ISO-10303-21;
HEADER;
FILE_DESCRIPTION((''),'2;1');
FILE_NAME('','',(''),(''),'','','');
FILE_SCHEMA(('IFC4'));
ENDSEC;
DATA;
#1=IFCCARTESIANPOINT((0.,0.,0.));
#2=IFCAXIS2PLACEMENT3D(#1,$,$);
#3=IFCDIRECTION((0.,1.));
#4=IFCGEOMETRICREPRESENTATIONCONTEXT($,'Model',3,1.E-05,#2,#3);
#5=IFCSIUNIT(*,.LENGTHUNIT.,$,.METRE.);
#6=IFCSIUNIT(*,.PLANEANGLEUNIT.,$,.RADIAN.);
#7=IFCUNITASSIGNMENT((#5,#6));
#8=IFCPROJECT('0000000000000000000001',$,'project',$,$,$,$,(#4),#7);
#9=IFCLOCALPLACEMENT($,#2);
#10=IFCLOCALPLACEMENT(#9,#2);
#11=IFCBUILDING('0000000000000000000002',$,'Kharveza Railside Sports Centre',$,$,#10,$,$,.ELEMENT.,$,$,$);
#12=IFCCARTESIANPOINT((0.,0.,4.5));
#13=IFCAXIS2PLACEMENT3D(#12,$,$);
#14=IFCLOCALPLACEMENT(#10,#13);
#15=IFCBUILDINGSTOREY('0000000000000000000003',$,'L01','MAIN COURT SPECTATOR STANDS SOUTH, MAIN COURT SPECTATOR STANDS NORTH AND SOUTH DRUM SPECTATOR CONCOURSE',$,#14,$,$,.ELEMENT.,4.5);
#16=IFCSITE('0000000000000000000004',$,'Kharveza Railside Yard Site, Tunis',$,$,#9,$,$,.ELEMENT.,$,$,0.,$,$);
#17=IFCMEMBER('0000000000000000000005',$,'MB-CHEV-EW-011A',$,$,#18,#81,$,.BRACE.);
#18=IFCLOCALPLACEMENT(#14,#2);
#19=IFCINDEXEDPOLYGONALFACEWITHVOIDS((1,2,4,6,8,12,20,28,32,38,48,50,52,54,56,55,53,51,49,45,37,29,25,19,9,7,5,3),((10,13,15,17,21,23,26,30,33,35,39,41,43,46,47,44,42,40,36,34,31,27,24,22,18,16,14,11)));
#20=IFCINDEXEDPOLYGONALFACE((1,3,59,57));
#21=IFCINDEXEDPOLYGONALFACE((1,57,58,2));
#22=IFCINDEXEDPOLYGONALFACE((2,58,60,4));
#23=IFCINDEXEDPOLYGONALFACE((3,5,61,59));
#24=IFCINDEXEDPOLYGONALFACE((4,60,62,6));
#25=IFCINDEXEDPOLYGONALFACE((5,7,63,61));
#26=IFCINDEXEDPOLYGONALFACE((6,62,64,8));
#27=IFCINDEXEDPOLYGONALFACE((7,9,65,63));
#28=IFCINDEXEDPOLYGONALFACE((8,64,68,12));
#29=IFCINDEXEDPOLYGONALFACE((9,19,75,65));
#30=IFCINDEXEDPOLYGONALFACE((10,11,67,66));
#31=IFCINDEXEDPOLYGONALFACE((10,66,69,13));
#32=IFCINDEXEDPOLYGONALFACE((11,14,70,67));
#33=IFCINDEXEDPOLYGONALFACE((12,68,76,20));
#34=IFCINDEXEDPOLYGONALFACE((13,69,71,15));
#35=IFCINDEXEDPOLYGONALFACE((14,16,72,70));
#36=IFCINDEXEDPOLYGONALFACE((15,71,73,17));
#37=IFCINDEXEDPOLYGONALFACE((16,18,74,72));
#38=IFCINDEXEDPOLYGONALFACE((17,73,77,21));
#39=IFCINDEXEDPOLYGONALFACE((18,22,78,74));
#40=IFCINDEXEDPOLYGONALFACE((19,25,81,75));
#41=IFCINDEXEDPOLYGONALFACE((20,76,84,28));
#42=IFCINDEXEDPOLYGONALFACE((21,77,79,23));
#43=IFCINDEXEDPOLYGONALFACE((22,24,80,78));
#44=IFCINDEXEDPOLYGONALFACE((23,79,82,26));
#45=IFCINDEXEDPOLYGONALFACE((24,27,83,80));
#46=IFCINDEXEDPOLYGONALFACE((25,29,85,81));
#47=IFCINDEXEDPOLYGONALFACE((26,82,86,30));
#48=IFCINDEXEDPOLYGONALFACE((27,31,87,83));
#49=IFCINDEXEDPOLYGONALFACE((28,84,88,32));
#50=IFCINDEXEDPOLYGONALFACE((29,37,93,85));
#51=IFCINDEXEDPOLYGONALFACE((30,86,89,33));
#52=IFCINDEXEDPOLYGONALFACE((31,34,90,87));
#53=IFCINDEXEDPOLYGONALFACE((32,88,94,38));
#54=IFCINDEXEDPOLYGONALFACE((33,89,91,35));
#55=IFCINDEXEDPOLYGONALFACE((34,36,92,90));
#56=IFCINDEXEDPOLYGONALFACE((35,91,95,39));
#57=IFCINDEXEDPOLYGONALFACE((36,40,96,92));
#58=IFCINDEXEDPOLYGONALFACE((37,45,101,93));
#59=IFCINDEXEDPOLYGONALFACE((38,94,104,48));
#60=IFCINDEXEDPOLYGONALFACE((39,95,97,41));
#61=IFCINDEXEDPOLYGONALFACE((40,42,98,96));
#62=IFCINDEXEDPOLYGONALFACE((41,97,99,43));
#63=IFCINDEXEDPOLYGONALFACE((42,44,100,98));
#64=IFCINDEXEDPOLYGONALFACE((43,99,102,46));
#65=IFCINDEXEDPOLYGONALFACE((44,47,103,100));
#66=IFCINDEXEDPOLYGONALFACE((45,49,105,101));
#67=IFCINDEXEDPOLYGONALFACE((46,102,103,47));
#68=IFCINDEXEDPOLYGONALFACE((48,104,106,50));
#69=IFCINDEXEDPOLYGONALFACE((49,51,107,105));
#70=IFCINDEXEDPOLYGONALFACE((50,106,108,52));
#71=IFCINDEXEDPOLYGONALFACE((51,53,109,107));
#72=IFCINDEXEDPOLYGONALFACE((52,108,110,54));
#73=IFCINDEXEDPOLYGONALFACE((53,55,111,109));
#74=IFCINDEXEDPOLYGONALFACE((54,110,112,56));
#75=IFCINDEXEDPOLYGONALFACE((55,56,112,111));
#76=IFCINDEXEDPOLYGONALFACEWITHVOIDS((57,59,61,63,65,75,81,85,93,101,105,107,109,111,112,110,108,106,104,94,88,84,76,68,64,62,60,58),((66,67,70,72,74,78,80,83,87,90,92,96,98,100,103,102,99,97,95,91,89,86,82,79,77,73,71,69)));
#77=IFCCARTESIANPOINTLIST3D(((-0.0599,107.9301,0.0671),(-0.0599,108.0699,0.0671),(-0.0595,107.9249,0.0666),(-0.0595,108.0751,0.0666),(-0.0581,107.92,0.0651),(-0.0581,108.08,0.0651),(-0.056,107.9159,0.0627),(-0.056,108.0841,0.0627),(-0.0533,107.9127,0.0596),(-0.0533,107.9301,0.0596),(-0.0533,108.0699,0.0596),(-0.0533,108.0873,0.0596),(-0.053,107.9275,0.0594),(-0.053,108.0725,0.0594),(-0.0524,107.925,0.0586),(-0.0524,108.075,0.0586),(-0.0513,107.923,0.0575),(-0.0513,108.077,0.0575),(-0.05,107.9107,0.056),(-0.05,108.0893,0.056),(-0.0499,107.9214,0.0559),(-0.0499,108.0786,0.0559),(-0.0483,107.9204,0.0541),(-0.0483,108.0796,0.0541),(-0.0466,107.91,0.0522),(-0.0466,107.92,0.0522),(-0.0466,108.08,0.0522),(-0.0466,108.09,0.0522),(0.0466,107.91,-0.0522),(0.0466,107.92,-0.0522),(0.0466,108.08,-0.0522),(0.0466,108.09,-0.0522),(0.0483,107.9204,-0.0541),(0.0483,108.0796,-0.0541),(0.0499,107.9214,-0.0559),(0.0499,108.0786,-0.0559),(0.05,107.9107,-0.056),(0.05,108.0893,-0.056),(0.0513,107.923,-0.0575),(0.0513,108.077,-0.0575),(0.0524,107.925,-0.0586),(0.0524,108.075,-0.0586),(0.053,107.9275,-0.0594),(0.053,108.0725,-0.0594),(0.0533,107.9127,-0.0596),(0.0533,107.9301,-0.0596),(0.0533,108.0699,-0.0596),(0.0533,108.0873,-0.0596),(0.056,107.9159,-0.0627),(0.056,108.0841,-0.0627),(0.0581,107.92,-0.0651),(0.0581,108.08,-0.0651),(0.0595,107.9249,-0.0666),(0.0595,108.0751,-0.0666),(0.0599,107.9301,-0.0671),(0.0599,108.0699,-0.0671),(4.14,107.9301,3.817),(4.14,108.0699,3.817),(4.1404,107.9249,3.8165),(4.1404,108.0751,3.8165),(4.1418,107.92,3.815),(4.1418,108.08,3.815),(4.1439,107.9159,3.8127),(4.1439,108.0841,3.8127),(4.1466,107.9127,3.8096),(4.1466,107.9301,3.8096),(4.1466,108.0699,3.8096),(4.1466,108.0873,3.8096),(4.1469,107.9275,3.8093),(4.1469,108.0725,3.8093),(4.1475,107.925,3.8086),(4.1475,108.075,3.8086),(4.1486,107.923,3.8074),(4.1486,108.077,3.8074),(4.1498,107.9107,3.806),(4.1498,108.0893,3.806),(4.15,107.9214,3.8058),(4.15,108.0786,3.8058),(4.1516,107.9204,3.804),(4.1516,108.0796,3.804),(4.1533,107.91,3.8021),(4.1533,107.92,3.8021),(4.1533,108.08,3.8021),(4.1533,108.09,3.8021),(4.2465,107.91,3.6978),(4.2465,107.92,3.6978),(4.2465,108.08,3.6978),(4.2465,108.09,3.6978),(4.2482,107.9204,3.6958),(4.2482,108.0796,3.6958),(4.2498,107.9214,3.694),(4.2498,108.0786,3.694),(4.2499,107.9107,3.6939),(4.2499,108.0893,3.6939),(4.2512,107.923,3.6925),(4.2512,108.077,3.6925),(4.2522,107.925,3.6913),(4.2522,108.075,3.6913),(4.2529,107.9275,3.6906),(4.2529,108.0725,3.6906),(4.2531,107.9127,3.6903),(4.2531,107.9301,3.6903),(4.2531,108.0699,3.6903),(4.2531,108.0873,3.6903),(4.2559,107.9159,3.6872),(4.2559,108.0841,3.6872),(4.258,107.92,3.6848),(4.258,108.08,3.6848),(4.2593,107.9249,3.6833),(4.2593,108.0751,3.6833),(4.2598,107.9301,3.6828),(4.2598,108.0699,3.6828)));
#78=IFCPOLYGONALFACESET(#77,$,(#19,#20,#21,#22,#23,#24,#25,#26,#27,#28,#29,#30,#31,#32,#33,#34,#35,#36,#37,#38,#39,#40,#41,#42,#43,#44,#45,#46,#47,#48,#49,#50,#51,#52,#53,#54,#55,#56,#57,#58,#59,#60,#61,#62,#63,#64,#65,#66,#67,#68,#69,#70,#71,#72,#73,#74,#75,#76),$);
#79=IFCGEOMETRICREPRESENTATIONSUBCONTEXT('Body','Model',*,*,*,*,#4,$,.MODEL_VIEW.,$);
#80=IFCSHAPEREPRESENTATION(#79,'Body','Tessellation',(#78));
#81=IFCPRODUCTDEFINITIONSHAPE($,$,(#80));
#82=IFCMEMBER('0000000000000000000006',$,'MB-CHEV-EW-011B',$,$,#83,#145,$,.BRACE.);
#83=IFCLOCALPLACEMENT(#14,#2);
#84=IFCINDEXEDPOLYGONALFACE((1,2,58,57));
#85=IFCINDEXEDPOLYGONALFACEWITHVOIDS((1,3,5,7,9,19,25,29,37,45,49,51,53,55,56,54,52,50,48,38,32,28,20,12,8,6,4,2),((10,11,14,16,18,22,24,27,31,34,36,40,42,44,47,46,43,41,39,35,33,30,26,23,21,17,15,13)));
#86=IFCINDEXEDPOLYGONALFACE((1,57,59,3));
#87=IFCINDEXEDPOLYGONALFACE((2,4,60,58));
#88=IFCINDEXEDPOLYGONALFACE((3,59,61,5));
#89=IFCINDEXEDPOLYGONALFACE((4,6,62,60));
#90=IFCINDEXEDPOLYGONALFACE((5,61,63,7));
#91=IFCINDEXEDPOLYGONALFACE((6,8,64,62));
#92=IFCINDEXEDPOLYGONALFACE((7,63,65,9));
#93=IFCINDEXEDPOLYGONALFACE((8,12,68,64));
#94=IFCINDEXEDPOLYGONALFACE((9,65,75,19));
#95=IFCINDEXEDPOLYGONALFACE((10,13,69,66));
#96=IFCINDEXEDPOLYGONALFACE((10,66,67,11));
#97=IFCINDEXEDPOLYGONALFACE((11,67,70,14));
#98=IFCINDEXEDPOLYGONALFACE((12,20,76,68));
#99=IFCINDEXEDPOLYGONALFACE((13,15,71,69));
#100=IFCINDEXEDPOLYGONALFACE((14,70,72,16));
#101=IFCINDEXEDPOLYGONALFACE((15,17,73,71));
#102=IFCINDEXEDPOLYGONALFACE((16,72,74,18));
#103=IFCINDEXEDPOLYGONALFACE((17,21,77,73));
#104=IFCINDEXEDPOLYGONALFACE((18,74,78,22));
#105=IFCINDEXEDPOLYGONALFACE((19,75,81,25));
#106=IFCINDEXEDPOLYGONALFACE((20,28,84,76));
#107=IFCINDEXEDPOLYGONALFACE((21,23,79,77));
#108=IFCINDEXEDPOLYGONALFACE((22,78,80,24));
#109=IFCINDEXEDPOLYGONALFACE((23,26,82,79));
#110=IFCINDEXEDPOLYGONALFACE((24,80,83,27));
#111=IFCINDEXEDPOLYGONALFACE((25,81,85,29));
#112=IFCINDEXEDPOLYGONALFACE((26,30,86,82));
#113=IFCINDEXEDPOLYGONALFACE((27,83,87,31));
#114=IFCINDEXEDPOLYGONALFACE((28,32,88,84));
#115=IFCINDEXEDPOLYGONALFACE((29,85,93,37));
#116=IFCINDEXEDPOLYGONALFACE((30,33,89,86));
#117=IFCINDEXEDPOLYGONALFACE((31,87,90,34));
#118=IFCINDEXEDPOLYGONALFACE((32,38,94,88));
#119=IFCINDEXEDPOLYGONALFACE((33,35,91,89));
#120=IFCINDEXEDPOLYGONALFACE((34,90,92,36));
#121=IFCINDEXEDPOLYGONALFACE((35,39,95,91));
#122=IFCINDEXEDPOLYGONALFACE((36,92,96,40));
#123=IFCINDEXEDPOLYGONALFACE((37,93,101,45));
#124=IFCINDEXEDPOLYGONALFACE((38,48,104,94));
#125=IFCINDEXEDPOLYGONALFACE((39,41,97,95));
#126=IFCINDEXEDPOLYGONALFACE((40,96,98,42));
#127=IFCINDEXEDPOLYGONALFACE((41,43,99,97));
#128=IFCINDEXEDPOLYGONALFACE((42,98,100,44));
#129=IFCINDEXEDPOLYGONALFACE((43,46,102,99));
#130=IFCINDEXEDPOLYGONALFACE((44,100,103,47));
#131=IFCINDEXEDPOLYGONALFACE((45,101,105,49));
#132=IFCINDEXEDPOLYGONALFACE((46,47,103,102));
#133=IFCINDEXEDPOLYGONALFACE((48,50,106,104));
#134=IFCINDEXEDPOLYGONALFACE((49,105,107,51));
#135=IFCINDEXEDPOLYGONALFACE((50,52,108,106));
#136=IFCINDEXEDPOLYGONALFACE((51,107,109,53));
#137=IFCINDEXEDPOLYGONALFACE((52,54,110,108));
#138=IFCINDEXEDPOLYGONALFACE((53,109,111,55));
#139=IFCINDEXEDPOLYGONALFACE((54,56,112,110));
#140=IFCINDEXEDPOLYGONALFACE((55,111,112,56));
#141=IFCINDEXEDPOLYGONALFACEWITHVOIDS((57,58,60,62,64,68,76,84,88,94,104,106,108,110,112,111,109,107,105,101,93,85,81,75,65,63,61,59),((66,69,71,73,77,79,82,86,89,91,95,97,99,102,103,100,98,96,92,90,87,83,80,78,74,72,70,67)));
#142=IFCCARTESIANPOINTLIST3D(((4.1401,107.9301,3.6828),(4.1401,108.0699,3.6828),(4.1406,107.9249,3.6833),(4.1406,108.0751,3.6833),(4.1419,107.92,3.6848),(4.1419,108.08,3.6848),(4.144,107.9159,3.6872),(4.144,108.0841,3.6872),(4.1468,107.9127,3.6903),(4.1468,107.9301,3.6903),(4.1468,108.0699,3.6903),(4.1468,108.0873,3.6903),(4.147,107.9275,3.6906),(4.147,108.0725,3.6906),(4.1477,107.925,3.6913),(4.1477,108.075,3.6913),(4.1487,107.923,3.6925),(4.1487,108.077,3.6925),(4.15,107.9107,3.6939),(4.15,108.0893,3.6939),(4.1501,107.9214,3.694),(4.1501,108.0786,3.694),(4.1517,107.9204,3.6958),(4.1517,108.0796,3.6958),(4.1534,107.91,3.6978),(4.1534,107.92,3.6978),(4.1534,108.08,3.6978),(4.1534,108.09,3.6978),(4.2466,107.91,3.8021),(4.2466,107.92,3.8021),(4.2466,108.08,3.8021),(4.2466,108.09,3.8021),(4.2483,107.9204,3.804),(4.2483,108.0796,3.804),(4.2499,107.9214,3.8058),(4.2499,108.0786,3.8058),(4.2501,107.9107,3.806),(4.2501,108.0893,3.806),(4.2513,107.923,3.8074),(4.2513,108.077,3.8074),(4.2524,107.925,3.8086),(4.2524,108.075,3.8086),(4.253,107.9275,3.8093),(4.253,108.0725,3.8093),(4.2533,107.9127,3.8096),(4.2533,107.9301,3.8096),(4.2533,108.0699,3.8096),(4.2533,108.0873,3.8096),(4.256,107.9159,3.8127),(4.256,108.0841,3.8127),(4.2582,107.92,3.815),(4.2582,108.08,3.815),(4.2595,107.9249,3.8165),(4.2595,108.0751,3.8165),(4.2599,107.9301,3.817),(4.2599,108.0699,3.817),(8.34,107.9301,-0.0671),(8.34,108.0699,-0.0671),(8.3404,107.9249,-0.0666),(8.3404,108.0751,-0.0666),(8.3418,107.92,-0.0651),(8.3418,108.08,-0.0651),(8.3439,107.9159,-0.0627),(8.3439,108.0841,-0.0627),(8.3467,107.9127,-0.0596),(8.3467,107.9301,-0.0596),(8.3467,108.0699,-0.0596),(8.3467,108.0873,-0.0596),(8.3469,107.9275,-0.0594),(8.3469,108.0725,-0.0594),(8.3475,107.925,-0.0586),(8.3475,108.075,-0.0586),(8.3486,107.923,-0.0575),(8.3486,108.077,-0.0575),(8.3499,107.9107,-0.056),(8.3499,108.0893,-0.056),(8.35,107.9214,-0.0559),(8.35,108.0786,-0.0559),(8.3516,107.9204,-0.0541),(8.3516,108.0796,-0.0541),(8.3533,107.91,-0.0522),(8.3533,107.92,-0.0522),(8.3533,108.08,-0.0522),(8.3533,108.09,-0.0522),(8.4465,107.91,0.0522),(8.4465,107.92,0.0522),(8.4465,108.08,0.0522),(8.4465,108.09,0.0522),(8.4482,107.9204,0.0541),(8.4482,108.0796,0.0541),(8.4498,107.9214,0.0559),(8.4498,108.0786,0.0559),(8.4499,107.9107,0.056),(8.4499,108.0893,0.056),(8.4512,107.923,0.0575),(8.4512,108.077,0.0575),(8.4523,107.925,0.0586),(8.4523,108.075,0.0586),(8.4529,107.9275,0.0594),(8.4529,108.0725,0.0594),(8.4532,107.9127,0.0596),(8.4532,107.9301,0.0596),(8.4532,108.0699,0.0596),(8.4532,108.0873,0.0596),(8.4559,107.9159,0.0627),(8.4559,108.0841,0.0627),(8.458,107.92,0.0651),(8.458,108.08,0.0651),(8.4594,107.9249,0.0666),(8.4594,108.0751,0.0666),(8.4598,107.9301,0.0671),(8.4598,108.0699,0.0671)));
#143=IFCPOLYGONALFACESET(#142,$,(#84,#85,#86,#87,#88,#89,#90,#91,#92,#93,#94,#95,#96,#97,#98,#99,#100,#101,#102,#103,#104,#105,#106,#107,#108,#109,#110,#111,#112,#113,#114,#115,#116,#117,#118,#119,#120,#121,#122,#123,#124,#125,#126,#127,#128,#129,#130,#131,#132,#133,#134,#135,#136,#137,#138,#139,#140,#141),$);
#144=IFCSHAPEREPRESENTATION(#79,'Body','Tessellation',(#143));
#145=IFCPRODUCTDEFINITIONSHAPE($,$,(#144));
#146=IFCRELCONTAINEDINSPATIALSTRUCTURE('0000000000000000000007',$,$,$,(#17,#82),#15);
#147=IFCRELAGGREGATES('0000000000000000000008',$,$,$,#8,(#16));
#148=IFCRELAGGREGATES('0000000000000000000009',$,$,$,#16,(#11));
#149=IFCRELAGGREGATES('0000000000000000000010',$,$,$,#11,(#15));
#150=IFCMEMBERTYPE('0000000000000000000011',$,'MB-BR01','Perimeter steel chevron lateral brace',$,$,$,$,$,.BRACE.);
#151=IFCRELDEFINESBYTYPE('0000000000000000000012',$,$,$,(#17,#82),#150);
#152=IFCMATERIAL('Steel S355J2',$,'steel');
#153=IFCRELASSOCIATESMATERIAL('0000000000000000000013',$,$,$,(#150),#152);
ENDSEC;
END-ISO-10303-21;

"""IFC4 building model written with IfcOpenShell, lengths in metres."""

from ifc_helpers import new_model, si_unit, direction, frame, origin, origin_2d, place, context, subcontext, project, spatial, hollow_rectangle, extrude, material, material_profile, profile_set, type_object, element, save


model = new_model("IFC4")

# Units and contexts
model_context = context("Model", 3, precision=1e-05, world=origin(), true_north=direction((0.0, 1.0)))
body_context = subcontext(model_context, "Body", "Model", "MODEL_VIEW")
ifc_project = project(units=[si_unit("LENGTHUNIT", "METRE"), si_unit("PLANEANGLEUNIT", "RADIAN")], contexts=[model_context])

# Site, building, storey
site_placement = place(None, origin())
site = spatial("IfcSite", under=ifc_project, at=site_placement, Name="Kharveza Railside Yard Site, Tunis", CompositionType="ELEMENT", RefElevation=0.0)
building_placement = place(site_placement, origin())
building = spatial("IfcBuilding", under=site, at=building_placement, Name="Kharveza Railside Sports Centre", CompositionType="ELEMENT")
storey_placement = place(building_placement, frame((0.0, 0.0, 4.5)))
storey = spatial("IfcBuildingStorey", under=building, at=storey_placement, Name="L01", Description="MAIN COURT SPECTATOR STANDS SOUTH, MAIN COURT SPECTATOR STANDS NORTH AND SOUTH DRUM SPECTATOR CONCOURSE", CompositionType="ELEMENT", Elevation=4.5)

# Shared definitions
ifc_material_1 = material(Name="Steel S355J2", Category="steel")

# Members
ifc_material_profile_1 = material_profile(ifc_material_1, hollow_rectangle(XDim=0.1799, YDim=0.1799, WallThickness=0.01, InnerFilletRadius=0.01, OuterFilletRadius=0.02, at=origin_2d()), Name="SHS 180x180x10.0")
ifc_profile_set_1 = profile_set([ifc_material_profile_1], Name="Steel S355J2")
member_type = type_object("IfcMemberType", Name="MB-BR01", Description="Perimeter steel chevron lateral brace", PredefinedType="BRACE", material=ifc_profile_set_1)
for number, where, z_axis, x_axis, name in (
    (1, (0.0, 108.0, 0.0), (0.745934, 0.0, 0.66602), (0.0, 1.0, 0.0), "MB-CHEV-EW-011A"),
    (2, (8.3999, 108.0, 0.0), (-0.745934, 0.0, 0.66602), (0.0, -1.0, 0.0), "MB-CHEV-EW-011B"),
):
    element("IfcMember", number, at=place(storey_placement, frame(where, z_axis=z_axis, x_axis=x_axis)), inside=storey, type_object=member_type, Name=name, PredefinedType="BRACE", context=body_context, shape_type="SweptSolid", body=[
        extrude(hollow_rectangle(XDim=0.1799, YDim=0.1799, WallThickness=0.01, InnerFilletRadius=0.01, OuterFilletRadius=0.02, at=origin_2d()), origin(), (0.0, 0.0, 1.0), 5.6304),
    ])

save(model, "model.ifc")
